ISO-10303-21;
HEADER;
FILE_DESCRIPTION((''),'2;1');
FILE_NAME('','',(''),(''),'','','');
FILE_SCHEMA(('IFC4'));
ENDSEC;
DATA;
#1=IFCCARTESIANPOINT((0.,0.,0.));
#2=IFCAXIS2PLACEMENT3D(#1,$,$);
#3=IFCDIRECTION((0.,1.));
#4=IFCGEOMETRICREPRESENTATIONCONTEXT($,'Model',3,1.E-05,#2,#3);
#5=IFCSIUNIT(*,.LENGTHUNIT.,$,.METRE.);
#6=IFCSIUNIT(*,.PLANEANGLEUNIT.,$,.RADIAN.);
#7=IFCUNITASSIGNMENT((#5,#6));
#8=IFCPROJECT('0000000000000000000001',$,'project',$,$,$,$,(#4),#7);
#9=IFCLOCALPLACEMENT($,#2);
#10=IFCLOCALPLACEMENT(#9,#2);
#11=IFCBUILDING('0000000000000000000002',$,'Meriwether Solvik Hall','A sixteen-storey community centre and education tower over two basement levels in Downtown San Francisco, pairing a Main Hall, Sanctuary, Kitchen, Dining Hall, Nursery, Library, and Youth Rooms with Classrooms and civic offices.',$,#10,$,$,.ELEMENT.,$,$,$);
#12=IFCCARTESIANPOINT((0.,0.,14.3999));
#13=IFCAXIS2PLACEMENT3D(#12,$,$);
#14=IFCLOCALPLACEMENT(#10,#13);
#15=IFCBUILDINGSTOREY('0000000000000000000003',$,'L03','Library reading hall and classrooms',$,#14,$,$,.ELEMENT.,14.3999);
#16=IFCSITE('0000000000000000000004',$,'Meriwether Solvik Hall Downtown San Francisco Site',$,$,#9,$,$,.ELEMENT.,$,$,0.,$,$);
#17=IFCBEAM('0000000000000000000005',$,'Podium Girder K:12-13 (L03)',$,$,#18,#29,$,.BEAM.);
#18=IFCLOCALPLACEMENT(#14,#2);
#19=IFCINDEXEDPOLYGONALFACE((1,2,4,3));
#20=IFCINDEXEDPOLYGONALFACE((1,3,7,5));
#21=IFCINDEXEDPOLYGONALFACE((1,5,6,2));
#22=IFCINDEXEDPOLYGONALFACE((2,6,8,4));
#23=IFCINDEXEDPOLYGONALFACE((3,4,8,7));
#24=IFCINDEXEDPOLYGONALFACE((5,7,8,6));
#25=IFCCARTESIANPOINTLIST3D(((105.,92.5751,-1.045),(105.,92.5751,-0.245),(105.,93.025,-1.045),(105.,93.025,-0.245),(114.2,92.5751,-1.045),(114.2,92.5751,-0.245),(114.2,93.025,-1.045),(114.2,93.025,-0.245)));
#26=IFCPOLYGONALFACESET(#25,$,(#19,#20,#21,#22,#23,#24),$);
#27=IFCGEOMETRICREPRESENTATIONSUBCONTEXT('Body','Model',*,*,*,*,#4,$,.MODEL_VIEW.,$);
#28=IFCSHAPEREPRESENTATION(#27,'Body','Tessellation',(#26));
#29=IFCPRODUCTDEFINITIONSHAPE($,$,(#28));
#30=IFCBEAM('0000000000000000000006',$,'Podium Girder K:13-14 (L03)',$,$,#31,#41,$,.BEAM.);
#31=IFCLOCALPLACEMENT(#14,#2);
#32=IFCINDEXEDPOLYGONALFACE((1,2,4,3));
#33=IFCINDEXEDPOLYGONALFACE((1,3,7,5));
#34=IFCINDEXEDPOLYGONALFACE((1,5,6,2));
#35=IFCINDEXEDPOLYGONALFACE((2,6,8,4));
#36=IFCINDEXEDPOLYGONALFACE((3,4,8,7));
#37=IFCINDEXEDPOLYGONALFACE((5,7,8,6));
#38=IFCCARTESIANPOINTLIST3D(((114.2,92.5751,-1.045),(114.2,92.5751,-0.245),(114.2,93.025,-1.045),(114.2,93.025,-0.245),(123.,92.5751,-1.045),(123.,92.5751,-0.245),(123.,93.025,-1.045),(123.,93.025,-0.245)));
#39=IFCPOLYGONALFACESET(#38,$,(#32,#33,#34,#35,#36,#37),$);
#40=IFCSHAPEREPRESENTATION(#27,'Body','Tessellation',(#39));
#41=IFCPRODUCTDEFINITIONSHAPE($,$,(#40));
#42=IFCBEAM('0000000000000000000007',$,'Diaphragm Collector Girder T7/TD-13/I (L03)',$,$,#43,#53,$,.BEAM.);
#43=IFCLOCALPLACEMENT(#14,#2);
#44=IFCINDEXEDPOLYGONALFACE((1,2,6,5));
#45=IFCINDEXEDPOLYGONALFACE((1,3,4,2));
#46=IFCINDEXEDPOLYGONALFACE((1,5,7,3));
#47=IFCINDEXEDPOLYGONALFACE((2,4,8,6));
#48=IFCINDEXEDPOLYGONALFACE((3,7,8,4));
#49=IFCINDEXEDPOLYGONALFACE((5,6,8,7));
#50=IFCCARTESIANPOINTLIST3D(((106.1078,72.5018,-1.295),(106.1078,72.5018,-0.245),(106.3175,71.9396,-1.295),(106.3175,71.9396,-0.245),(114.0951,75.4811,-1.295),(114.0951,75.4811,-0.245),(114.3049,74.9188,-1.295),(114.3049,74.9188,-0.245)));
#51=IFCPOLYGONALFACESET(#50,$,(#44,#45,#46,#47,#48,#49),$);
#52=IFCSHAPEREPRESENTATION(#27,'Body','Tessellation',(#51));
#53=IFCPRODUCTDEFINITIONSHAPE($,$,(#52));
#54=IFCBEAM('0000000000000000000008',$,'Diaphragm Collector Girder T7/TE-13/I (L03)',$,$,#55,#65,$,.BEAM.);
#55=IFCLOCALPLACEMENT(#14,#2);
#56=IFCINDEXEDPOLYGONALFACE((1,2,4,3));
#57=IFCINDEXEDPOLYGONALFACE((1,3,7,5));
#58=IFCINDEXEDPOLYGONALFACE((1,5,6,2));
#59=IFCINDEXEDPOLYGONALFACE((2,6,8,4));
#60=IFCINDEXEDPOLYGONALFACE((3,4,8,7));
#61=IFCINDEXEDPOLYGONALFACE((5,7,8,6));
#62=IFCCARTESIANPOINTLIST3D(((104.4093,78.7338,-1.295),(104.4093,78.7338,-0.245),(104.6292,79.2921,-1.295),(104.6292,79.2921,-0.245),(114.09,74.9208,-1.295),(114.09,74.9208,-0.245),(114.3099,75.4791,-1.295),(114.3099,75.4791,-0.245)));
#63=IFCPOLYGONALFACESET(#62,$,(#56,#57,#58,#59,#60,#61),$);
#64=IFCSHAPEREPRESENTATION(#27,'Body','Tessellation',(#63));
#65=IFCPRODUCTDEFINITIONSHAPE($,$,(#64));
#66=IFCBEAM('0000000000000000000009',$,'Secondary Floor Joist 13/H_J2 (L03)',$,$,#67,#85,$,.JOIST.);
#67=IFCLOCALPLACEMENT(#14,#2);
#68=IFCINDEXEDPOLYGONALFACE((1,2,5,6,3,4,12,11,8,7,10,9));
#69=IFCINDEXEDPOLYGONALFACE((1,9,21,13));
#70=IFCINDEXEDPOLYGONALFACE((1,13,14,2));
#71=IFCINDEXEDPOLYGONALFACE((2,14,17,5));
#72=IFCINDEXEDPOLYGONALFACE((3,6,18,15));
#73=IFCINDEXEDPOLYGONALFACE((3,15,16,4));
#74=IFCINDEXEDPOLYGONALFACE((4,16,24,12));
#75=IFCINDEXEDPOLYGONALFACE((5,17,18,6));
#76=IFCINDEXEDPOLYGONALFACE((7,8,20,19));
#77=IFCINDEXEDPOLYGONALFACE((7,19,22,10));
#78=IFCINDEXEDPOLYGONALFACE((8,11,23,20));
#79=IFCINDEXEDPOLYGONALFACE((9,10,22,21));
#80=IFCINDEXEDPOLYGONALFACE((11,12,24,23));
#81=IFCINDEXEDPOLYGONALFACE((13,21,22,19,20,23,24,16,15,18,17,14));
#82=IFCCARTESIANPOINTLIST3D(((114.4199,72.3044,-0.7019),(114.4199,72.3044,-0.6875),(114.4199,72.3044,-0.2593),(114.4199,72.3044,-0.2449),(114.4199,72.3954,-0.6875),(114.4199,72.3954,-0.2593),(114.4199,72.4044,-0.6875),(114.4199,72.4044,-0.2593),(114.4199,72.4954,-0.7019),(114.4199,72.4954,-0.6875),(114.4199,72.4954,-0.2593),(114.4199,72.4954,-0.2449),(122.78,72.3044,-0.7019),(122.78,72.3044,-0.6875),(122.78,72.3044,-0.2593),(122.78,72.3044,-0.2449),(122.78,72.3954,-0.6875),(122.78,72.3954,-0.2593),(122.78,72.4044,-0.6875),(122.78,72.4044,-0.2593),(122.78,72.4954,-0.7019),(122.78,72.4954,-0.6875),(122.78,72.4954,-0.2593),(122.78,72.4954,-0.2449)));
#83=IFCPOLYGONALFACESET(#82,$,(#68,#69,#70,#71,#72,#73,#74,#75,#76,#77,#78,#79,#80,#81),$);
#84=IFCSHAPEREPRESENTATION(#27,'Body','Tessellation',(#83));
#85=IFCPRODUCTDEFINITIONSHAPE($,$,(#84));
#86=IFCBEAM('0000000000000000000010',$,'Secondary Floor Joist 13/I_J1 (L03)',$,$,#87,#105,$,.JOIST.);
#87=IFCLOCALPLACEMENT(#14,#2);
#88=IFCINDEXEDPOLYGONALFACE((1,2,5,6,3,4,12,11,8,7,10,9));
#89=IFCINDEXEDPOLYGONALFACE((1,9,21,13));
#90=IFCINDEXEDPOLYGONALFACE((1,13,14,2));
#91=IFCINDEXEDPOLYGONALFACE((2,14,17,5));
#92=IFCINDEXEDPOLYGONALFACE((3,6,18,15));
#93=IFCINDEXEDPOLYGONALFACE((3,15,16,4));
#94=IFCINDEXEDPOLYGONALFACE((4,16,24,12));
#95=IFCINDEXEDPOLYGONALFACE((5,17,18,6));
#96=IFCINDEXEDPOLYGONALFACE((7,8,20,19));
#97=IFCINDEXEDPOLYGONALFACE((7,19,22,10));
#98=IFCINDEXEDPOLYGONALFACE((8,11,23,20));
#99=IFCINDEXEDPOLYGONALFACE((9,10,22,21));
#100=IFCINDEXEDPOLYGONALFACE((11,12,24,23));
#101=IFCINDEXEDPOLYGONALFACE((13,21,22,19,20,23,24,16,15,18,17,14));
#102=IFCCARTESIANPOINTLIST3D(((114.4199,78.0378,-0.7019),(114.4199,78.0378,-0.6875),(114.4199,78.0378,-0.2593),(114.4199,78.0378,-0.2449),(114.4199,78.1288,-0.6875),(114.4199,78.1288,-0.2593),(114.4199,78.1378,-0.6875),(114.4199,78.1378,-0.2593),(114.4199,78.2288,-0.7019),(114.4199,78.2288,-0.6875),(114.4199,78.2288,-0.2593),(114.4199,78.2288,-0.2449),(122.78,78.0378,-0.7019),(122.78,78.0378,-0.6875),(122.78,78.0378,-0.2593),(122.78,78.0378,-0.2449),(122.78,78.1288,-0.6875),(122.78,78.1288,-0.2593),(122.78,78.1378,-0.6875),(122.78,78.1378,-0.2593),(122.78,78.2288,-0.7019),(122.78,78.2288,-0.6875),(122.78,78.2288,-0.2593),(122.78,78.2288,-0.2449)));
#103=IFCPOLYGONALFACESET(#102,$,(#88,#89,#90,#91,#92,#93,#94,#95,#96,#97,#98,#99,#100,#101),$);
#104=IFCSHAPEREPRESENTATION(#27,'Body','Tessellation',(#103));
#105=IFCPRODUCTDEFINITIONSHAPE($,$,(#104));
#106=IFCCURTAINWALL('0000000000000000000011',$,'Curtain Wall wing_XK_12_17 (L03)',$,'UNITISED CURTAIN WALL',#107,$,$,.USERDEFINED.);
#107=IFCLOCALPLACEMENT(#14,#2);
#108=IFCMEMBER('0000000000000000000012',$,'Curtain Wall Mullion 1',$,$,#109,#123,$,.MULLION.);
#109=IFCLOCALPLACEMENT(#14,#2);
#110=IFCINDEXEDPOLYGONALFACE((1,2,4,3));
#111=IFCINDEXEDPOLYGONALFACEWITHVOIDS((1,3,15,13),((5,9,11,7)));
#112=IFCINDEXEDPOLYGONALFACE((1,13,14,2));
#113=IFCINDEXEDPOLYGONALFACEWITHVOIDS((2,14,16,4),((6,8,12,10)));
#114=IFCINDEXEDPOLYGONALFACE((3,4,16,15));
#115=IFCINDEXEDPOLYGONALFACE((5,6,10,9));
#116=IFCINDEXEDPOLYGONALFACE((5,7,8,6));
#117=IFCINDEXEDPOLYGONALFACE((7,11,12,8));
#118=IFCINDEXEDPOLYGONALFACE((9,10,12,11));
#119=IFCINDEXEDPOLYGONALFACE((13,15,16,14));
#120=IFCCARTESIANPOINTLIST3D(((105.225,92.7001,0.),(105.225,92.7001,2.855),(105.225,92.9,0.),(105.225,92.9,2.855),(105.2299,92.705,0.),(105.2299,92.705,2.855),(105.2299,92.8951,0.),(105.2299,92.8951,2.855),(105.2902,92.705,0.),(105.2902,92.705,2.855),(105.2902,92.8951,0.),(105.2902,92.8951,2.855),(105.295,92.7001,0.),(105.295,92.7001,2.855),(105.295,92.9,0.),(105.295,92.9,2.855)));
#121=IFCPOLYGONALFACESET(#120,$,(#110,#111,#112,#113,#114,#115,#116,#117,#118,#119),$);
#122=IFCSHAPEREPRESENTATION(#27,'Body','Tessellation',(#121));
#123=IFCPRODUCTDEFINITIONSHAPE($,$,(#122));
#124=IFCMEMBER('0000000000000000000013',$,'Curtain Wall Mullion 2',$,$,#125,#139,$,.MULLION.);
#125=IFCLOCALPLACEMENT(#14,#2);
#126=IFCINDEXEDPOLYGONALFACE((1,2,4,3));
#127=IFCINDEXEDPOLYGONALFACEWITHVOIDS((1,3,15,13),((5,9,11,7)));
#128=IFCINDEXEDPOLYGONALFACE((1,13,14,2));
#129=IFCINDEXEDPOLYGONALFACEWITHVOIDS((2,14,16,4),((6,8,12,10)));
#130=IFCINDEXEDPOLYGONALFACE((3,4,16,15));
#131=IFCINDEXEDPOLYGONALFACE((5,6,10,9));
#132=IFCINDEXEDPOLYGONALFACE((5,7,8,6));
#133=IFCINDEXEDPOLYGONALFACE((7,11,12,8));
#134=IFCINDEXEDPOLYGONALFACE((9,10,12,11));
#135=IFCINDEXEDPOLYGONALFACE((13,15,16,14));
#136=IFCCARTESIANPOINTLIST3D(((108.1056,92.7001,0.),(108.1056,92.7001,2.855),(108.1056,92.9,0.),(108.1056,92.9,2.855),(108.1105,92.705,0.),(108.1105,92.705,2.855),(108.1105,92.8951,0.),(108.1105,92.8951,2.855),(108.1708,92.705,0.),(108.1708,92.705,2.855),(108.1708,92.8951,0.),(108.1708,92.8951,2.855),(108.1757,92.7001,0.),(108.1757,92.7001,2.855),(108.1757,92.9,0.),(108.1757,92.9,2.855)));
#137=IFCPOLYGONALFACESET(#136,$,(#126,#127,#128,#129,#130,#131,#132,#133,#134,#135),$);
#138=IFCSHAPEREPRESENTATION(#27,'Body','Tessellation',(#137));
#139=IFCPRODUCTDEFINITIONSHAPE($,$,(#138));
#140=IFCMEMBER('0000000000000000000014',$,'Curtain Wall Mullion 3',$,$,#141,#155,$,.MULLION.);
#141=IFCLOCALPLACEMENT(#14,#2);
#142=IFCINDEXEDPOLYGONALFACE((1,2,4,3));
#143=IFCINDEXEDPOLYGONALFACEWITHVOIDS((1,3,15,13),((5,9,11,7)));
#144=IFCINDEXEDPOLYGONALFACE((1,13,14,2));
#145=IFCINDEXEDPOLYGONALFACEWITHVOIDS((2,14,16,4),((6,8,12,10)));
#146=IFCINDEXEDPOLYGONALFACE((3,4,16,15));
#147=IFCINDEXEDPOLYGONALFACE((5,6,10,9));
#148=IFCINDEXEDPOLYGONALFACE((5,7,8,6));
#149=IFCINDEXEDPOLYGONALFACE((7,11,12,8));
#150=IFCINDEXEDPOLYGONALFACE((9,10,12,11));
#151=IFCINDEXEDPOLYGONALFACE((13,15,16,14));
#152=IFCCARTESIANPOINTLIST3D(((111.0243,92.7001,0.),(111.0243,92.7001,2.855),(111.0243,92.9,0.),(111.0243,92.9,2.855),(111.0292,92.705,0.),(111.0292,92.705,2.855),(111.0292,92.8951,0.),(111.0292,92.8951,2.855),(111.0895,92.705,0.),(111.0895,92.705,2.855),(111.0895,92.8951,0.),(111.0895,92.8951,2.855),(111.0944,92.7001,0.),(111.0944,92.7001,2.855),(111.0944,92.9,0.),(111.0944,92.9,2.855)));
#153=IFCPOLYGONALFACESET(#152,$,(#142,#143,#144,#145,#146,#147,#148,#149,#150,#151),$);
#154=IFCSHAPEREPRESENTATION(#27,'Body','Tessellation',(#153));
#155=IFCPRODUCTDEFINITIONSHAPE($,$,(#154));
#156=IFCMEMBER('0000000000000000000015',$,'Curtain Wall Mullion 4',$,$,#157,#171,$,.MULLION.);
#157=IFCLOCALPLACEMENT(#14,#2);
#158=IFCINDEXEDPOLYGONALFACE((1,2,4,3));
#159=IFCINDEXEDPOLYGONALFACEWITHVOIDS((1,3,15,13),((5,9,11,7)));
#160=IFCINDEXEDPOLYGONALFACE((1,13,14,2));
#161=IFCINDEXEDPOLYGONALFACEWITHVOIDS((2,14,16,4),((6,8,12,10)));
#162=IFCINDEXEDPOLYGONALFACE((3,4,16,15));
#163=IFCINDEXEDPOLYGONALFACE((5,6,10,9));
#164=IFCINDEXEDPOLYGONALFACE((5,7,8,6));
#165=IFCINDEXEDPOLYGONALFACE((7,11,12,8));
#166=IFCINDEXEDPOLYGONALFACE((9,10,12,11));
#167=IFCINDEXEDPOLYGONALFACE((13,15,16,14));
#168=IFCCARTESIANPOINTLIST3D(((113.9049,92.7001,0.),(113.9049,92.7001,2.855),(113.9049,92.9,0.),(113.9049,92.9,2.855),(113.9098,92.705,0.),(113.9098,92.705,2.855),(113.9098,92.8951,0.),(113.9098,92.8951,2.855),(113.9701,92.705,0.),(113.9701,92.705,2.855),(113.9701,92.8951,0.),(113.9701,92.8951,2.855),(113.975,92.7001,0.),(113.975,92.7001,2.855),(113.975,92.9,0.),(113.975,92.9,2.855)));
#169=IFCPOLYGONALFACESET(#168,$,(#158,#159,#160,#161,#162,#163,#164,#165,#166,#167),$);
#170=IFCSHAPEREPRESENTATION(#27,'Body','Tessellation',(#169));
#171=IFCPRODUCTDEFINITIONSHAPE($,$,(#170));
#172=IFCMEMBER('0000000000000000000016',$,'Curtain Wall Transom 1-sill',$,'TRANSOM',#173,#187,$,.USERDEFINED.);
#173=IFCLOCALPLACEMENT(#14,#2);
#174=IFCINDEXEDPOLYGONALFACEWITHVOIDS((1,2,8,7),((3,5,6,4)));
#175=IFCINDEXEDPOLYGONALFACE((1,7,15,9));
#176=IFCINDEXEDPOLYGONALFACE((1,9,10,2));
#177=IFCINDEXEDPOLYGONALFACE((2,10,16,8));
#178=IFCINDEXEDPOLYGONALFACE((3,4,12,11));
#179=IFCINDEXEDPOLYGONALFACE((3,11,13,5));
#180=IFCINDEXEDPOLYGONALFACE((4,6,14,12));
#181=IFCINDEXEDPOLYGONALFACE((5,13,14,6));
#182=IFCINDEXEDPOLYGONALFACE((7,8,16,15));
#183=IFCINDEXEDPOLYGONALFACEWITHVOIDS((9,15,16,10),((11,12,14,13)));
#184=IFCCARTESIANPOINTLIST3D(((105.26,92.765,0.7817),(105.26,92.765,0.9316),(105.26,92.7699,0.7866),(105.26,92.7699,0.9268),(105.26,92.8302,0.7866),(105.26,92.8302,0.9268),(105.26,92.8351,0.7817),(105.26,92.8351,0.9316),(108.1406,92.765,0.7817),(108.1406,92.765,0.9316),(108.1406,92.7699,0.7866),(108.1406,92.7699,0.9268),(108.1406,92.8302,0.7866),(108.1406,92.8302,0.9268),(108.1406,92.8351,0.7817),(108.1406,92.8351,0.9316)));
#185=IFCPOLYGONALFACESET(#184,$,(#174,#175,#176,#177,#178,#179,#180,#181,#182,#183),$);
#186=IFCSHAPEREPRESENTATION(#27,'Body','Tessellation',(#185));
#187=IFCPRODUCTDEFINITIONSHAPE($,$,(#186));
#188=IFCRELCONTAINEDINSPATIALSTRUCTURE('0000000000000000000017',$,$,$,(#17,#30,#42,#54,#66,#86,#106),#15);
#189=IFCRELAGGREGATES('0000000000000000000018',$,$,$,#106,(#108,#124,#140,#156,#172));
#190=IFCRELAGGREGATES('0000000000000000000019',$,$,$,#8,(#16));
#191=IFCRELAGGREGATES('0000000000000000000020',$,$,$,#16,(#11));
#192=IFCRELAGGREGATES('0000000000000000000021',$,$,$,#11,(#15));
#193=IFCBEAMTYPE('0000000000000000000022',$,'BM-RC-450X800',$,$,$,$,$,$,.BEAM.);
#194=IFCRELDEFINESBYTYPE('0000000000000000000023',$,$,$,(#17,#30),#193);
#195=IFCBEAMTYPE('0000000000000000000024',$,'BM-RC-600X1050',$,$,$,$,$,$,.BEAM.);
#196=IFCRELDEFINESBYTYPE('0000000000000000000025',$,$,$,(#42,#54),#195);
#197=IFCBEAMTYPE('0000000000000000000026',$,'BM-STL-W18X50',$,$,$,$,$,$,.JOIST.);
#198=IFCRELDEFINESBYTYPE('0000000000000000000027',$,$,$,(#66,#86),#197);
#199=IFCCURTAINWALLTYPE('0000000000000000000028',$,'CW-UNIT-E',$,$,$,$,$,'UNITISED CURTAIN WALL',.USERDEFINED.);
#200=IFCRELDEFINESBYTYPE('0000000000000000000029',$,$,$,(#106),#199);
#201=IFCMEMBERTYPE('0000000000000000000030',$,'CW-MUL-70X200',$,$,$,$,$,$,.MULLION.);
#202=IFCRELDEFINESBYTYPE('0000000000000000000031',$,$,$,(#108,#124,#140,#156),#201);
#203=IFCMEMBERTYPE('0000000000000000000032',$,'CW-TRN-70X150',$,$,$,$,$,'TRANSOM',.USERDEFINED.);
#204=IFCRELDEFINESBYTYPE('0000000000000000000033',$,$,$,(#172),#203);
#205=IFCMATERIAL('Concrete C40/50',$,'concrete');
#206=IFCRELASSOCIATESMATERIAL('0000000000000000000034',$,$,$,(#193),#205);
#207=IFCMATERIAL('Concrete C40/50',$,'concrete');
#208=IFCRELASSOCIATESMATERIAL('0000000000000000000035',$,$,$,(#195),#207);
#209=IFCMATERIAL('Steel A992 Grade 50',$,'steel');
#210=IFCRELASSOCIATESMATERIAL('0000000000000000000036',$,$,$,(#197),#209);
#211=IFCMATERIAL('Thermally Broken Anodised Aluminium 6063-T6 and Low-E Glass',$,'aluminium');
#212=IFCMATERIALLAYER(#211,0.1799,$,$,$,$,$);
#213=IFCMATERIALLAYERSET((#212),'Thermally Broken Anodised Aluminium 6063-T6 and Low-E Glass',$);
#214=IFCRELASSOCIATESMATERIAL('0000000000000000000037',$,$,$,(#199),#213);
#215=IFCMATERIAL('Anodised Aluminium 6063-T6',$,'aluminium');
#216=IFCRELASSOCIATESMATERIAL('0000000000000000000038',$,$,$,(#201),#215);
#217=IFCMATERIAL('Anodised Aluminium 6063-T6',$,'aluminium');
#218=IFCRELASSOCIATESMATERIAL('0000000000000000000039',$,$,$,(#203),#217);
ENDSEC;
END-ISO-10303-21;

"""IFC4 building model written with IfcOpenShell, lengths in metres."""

from ifc_helpers import new_model, si_unit, direction, frame, origin, origin_2d, place, context, subcontext, project, spatial, rectangle, hollow_rectangle, i_section, extrude, material, layer, layer_set, material_profile, profile_set, type_object, element, aggregate, save


model = new_model("IFC4")

# Units and contexts
model_context = context("Model", 3, precision=1e-05, world=origin(), true_north=direction((0.0, 1.0)))
body_context = subcontext(model_context, "Body", "Model", "MODEL_VIEW")
ifc_project = project(units=[si_unit("LENGTHUNIT", "METRE"), si_unit("PLANEANGLEUNIT", "RADIAN")], contexts=[model_context])

# Site, building, storey
site_placement = place(None, origin())
site = spatial("IfcSite", under=ifc_project, at=site_placement, Name="Meriwether Solvik Hall Downtown San Francisco Site", CompositionType="ELEMENT", RefElevation=0.0)
building_placement = place(site_placement, origin())
building = spatial("IfcBuilding", under=site, at=building_placement, Name="Meriwether Solvik Hall", Description="A sixteen-storey community centre and education tower over two basement levels in Downtown San Francisco, pairing a Main Hall, Sanctuary, Kitchen, Dining Hall, Nursery, Library, and Youth Rooms with Classrooms and civic offices.", CompositionType="ELEMENT")
storey_placement = place(building_placement, frame((0.0, 0.0, 14.3999)))
storey = spatial("IfcBuildingStorey", under=building, at=storey_placement, Name="L03", Description="Library reading hall and classrooms", CompositionType="ELEMENT", Elevation=14.3999)

# Beams
ifc_material_1 = material(Name="Concrete C40/50", Category="concrete")
ifc_material_profile_1 = material_profile(ifc_material_1, rectangle(XDim=0.45, YDim=0.8, at=origin_2d()), Name="RCB-450X800")
ifc_profile_set_1 = profile_set([ifc_material_profile_1], Name="Concrete C40/50")
beam_type_1 = type_object("IfcBeamType", Name="BM-RC-450X800", PredefinedType="BEAM", material=ifc_profile_set_1)
beam_1_placement = place(storey_placement, frame((105.0, 92.8, -0.645), z_axis=(1.0, 0.0, 0.0), x_axis=(0.0, 1.0, 0.0)))
element("IfcBeam", 1, at=beam_1_placement, inside=storey, type_object=beam_type_1, Name="Podium Girder K:12-13 (L03)", PredefinedType="BEAM", context=body_context, shape_type="SweptSolid", body=[
    extrude(rectangle(XDim=0.45, YDim=0.8, at=origin_2d()), origin(), (0.0, 0.0, 1.0), 9.2),
])
beam_2_placement = place(storey_placement, frame((114.2, 92.8, -0.645), z_axis=(1.0, 0.0, 0.0), x_axis=(0.0, 1.0, 0.0)))
element("IfcBeam", 2, at=beam_2_placement, inside=storey, type_object=beam_type_1, Name="Podium Girder K:13-14 (L03)", PredefinedType="BEAM", context=body_context, shape_type="SweptSolid", body=[
    extrude(rectangle(XDim=0.45, YDim=0.8, at=origin_2d()), origin(), (0.0, 0.0, 1.0), 8.8),
])
ifc_material_2 = material(Name="Concrete C40/50", Category="concrete")
ifc_material_profile_2 = material_profile(ifc_material_2, rectangle(XDim=0.6001, YDim=1.05, at=origin_2d()), Name="RCB-600X1050")
ifc_profile_set_2 = profile_set([ifc_material_profile_2], Name="Concrete C40/50")
beam_type_2 = type_object("IfcBeamType", Name="BM-RC-600X1050", PredefinedType="BEAM", material=ifc_profile_set_2)
beam_3_placement = place(storey_placement, frame((106.2126, 72.2207, -0.77), z_axis=(0.936944, 0.349478, 0.0), x_axis=(-0.349478, 0.936944, 0.0)))
element("IfcBeam", 3, at=beam_3_placement, inside=storey, type_object=beam_type_2, Name="Diaphragm Collector Girder T7/TD-13/I (L03)", PredefinedType="BEAM", context=body_context, shape_type="SweptSolid", body=[
    extrude(rectangle(XDim=0.6001, YDim=1.05, at=origin_2d()), origin(), (0.0, 0.0, 1.0), 8.5249),
])
beam_4_placement = place(storey_placement, frame((104.5193, 79.0129, -0.77), z_axis=(0.930428, -0.366474, 0.0), x_axis=(0.366474, 0.930428, 0.0)))
element("IfcBeam", 4, at=beam_4_placement, inside=storey, type_object=beam_type_2, Name="Diaphragm Collector Girder T7/TE-13/I (L03)", PredefinedType="BEAM", context=body_context, shape_type="SweptSolid", body=[
    extrude(rectangle(XDim=0.6001, YDim=1.05, at=origin_2d()), origin(), (0.0, 0.0, 1.0), 10.4045),
])
ifc_material_3 = material(Name="Steel A992 Grade 50", Category="steel")
ifc_material_profile_3 = material_profile(ifc_material_3, i_section(OverallWidth=0.1909, OverallDepth=0.457, WebThickness=0.009, FlangeThickness=0.0144, at=origin_2d()), Name="W18X50")
ifc_profile_set_3 = profile_set([ifc_material_profile_3], Name="Steel A992 Grade 50")
beam_type_3 = type_object("IfcBeamType", Name="BM-STL-W18X50", PredefinedType="JOIST", material=ifc_profile_set_3)
for number, where, z_axis, x_axis, name in (
    (5, (114.4199, 72.3999, -0.4734), (1.0, 0.0, 0.0), (0.0, 1.0, 0.0), "Secondary Floor Joist 13/H_J2 (L03)"),
    (6, (114.4199, 78.1333, -0.4734), (1.0, 0.0, 0.0), (0.0, 1.0, 0.0), "Secondary Floor Joist 13/I_J1 (L03)"),
):
    element("IfcBeam", number, at=place(storey_placement, frame(where, z_axis=z_axis, x_axis=x_axis)), inside=storey, type_object=beam_type_3, Name=name, PredefinedType="JOIST", context=body_context, shape_type="SweptSolid", body=[
        extrude(i_section(OverallWidth=0.1909, OverallDepth=0.457, WebThickness=0.009, FlangeThickness=0.0144, at=origin_2d()), origin(), (0.0, 0.0, 1.0), 8.3601),
    ])

# Curtain wall, members
ifc_material_4 = material(Name="Thermally Broken Anodised Aluminium 6063-T6 and Low-E Glass", Category="aluminium")
ifc_layer_1 = layer(ifc_material_4, 0.1799)
ifc_layer_set_1 = layer_set([ifc_layer_1], Name="Thermally Broken Anodised Aluminium 6063-T6 and Low-E Glass")
curtain_wall_type = type_object("IfcCurtainWallType", Name="CW-UNIT-E", ElementType="UNITISED CURTAIN WALL", PredefinedType="USERDEFINED", material=ifc_layer_set_1)
curtain_wall_placement = place(storey_placement, origin())
curtain_wall = element("IfcCurtainWall", 7, at=curtain_wall_placement, inside=storey, type_object=curtain_wall_type, Name="Curtain Wall wing_XK_12_17 (L03)", ObjectType="UNITISED CURTAIN WALL", PredefinedType="USERDEFINED")
ifc_material_5 = material(Name="Anodised Aluminium 6063-T6", Category="aluminium")
ifc_material_profile_4 = material_profile(ifc_material_5, hollow_rectangle(XDim=0.0701, YDim=0.2, WallThickness=0.0049, at=origin_2d()), Name="CWM-70X200")
ifc_profile_set_4 = profile_set([ifc_material_profile_4], Name="Anodised Aluminium 6063-T6")
member_type_1 = type_object("IfcMemberType", Name="CW-MUL-70X200", PredefinedType="MULLION", material=ifc_profile_set_4)
member_1_placement = place(storey_placement, frame((105.26, 92.8, 0.0), z_axis=(0.0, 0.0, 1.0), x_axis=(1.0, 0.0, 0.0)))
member_1 = element("IfcMember", 8, at=member_1_placement, type_object=member_type_1, Name="Curtain Wall Mullion 1", PredefinedType="MULLION", context=body_context, shape_type="SweptSolid", body=[
    extrude(hollow_rectangle(XDim=0.0701, YDim=0.2, WallThickness=0.0049, at=origin_2d()), origin(), (0.0, 0.0, 1.0), 2.855),
])
member_2_placement = place(storey_placement, frame((108.1406, 92.8, 0.0), z_axis=(0.0, 0.0, 1.0), x_axis=(1.0, 0.0, 0.0)))
member_2 = element("IfcMember", 9, at=member_2_placement, type_object=member_type_1, Name="Curtain Wall Mullion 2", PredefinedType="MULLION", context=body_context, shape_type="SweptSolid", body=[
    extrude(hollow_rectangle(XDim=0.0701, YDim=0.2, WallThickness=0.0049, at=origin_2d()), origin(), (0.0, 0.0, 1.0), 2.855),
])
member_3_placement = place(storey_placement, frame((111.0593, 92.8, 0.0), z_axis=(0.0, 0.0, 1.0), x_axis=(1.0, 0.0, 0.0)))
member_3 = element("IfcMember", 10, at=member_3_placement, type_object=member_type_1, Name="Curtain Wall Mullion 3", PredefinedType="MULLION", context=body_context, shape_type="SweptSolid", body=[
    extrude(hollow_rectangle(XDim=0.0701, YDim=0.2, WallThickness=0.0049, at=origin_2d()), origin(), (0.0, 0.0, 1.0), 2.855),
])
member_4_placement = place(storey_placement, frame((113.9399, 92.8, 0.0), z_axis=(0.0, 0.0, 1.0), x_axis=(1.0, 0.0, 0.0)))
member_4 = element("IfcMember", 11, at=member_4_placement, type_object=member_type_1, Name="Curtain Wall Mullion 4", PredefinedType="MULLION", context=body_context, shape_type="SweptSolid", body=[
    extrude(hollow_rectangle(XDim=0.0701, YDim=0.2, WallThickness=0.0049, at=origin_2d()), origin(), (0.0, 0.0, 1.0), 2.855),
])
ifc_material_6 = material(Name="Anodised Aluminium 6063-T6", Category="aluminium")
ifc_material_profile_5 = material_profile(ifc_material_6, hollow_rectangle(XDim=0.0701, YDim=0.1499, WallThickness=0.0049, at=origin_2d()), Name="CWT-70X150")
ifc_profile_set_5 = profile_set([ifc_material_profile_5], Name="Anodised Aluminium 6063-T6")
member_type_2 = type_object("IfcMemberType", Name="CW-TRN-70X150", ElementType="TRANSOM", PredefinedType="USERDEFINED", material=ifc_profile_set_5)
member_5_placement = place(storey_placement, frame((105.26, 92.8, 0.8567), z_axis=(1.0, 0.0, 0.0), x_axis=(0.0, 1.0, 0.0)))
member_5 = element("IfcMember", 12, at=member_5_placement, type_object=member_type_2, Name="Curtain Wall Transom 1-sill", ObjectType="TRANSOM", PredefinedType="USERDEFINED", context=body_context, shape_type="SweptSolid", body=[
    extrude(hollow_rectangle(XDim=0.0701, YDim=0.1499, WallThickness=0.0049, at=origin_2d()), origin(), (0.0, 0.0, 1.0), 2.8806),
])
aggregate(curtain_wall, [member_1, member_2, member_3, member_4, member_5])

save(model, "model.ifc")
